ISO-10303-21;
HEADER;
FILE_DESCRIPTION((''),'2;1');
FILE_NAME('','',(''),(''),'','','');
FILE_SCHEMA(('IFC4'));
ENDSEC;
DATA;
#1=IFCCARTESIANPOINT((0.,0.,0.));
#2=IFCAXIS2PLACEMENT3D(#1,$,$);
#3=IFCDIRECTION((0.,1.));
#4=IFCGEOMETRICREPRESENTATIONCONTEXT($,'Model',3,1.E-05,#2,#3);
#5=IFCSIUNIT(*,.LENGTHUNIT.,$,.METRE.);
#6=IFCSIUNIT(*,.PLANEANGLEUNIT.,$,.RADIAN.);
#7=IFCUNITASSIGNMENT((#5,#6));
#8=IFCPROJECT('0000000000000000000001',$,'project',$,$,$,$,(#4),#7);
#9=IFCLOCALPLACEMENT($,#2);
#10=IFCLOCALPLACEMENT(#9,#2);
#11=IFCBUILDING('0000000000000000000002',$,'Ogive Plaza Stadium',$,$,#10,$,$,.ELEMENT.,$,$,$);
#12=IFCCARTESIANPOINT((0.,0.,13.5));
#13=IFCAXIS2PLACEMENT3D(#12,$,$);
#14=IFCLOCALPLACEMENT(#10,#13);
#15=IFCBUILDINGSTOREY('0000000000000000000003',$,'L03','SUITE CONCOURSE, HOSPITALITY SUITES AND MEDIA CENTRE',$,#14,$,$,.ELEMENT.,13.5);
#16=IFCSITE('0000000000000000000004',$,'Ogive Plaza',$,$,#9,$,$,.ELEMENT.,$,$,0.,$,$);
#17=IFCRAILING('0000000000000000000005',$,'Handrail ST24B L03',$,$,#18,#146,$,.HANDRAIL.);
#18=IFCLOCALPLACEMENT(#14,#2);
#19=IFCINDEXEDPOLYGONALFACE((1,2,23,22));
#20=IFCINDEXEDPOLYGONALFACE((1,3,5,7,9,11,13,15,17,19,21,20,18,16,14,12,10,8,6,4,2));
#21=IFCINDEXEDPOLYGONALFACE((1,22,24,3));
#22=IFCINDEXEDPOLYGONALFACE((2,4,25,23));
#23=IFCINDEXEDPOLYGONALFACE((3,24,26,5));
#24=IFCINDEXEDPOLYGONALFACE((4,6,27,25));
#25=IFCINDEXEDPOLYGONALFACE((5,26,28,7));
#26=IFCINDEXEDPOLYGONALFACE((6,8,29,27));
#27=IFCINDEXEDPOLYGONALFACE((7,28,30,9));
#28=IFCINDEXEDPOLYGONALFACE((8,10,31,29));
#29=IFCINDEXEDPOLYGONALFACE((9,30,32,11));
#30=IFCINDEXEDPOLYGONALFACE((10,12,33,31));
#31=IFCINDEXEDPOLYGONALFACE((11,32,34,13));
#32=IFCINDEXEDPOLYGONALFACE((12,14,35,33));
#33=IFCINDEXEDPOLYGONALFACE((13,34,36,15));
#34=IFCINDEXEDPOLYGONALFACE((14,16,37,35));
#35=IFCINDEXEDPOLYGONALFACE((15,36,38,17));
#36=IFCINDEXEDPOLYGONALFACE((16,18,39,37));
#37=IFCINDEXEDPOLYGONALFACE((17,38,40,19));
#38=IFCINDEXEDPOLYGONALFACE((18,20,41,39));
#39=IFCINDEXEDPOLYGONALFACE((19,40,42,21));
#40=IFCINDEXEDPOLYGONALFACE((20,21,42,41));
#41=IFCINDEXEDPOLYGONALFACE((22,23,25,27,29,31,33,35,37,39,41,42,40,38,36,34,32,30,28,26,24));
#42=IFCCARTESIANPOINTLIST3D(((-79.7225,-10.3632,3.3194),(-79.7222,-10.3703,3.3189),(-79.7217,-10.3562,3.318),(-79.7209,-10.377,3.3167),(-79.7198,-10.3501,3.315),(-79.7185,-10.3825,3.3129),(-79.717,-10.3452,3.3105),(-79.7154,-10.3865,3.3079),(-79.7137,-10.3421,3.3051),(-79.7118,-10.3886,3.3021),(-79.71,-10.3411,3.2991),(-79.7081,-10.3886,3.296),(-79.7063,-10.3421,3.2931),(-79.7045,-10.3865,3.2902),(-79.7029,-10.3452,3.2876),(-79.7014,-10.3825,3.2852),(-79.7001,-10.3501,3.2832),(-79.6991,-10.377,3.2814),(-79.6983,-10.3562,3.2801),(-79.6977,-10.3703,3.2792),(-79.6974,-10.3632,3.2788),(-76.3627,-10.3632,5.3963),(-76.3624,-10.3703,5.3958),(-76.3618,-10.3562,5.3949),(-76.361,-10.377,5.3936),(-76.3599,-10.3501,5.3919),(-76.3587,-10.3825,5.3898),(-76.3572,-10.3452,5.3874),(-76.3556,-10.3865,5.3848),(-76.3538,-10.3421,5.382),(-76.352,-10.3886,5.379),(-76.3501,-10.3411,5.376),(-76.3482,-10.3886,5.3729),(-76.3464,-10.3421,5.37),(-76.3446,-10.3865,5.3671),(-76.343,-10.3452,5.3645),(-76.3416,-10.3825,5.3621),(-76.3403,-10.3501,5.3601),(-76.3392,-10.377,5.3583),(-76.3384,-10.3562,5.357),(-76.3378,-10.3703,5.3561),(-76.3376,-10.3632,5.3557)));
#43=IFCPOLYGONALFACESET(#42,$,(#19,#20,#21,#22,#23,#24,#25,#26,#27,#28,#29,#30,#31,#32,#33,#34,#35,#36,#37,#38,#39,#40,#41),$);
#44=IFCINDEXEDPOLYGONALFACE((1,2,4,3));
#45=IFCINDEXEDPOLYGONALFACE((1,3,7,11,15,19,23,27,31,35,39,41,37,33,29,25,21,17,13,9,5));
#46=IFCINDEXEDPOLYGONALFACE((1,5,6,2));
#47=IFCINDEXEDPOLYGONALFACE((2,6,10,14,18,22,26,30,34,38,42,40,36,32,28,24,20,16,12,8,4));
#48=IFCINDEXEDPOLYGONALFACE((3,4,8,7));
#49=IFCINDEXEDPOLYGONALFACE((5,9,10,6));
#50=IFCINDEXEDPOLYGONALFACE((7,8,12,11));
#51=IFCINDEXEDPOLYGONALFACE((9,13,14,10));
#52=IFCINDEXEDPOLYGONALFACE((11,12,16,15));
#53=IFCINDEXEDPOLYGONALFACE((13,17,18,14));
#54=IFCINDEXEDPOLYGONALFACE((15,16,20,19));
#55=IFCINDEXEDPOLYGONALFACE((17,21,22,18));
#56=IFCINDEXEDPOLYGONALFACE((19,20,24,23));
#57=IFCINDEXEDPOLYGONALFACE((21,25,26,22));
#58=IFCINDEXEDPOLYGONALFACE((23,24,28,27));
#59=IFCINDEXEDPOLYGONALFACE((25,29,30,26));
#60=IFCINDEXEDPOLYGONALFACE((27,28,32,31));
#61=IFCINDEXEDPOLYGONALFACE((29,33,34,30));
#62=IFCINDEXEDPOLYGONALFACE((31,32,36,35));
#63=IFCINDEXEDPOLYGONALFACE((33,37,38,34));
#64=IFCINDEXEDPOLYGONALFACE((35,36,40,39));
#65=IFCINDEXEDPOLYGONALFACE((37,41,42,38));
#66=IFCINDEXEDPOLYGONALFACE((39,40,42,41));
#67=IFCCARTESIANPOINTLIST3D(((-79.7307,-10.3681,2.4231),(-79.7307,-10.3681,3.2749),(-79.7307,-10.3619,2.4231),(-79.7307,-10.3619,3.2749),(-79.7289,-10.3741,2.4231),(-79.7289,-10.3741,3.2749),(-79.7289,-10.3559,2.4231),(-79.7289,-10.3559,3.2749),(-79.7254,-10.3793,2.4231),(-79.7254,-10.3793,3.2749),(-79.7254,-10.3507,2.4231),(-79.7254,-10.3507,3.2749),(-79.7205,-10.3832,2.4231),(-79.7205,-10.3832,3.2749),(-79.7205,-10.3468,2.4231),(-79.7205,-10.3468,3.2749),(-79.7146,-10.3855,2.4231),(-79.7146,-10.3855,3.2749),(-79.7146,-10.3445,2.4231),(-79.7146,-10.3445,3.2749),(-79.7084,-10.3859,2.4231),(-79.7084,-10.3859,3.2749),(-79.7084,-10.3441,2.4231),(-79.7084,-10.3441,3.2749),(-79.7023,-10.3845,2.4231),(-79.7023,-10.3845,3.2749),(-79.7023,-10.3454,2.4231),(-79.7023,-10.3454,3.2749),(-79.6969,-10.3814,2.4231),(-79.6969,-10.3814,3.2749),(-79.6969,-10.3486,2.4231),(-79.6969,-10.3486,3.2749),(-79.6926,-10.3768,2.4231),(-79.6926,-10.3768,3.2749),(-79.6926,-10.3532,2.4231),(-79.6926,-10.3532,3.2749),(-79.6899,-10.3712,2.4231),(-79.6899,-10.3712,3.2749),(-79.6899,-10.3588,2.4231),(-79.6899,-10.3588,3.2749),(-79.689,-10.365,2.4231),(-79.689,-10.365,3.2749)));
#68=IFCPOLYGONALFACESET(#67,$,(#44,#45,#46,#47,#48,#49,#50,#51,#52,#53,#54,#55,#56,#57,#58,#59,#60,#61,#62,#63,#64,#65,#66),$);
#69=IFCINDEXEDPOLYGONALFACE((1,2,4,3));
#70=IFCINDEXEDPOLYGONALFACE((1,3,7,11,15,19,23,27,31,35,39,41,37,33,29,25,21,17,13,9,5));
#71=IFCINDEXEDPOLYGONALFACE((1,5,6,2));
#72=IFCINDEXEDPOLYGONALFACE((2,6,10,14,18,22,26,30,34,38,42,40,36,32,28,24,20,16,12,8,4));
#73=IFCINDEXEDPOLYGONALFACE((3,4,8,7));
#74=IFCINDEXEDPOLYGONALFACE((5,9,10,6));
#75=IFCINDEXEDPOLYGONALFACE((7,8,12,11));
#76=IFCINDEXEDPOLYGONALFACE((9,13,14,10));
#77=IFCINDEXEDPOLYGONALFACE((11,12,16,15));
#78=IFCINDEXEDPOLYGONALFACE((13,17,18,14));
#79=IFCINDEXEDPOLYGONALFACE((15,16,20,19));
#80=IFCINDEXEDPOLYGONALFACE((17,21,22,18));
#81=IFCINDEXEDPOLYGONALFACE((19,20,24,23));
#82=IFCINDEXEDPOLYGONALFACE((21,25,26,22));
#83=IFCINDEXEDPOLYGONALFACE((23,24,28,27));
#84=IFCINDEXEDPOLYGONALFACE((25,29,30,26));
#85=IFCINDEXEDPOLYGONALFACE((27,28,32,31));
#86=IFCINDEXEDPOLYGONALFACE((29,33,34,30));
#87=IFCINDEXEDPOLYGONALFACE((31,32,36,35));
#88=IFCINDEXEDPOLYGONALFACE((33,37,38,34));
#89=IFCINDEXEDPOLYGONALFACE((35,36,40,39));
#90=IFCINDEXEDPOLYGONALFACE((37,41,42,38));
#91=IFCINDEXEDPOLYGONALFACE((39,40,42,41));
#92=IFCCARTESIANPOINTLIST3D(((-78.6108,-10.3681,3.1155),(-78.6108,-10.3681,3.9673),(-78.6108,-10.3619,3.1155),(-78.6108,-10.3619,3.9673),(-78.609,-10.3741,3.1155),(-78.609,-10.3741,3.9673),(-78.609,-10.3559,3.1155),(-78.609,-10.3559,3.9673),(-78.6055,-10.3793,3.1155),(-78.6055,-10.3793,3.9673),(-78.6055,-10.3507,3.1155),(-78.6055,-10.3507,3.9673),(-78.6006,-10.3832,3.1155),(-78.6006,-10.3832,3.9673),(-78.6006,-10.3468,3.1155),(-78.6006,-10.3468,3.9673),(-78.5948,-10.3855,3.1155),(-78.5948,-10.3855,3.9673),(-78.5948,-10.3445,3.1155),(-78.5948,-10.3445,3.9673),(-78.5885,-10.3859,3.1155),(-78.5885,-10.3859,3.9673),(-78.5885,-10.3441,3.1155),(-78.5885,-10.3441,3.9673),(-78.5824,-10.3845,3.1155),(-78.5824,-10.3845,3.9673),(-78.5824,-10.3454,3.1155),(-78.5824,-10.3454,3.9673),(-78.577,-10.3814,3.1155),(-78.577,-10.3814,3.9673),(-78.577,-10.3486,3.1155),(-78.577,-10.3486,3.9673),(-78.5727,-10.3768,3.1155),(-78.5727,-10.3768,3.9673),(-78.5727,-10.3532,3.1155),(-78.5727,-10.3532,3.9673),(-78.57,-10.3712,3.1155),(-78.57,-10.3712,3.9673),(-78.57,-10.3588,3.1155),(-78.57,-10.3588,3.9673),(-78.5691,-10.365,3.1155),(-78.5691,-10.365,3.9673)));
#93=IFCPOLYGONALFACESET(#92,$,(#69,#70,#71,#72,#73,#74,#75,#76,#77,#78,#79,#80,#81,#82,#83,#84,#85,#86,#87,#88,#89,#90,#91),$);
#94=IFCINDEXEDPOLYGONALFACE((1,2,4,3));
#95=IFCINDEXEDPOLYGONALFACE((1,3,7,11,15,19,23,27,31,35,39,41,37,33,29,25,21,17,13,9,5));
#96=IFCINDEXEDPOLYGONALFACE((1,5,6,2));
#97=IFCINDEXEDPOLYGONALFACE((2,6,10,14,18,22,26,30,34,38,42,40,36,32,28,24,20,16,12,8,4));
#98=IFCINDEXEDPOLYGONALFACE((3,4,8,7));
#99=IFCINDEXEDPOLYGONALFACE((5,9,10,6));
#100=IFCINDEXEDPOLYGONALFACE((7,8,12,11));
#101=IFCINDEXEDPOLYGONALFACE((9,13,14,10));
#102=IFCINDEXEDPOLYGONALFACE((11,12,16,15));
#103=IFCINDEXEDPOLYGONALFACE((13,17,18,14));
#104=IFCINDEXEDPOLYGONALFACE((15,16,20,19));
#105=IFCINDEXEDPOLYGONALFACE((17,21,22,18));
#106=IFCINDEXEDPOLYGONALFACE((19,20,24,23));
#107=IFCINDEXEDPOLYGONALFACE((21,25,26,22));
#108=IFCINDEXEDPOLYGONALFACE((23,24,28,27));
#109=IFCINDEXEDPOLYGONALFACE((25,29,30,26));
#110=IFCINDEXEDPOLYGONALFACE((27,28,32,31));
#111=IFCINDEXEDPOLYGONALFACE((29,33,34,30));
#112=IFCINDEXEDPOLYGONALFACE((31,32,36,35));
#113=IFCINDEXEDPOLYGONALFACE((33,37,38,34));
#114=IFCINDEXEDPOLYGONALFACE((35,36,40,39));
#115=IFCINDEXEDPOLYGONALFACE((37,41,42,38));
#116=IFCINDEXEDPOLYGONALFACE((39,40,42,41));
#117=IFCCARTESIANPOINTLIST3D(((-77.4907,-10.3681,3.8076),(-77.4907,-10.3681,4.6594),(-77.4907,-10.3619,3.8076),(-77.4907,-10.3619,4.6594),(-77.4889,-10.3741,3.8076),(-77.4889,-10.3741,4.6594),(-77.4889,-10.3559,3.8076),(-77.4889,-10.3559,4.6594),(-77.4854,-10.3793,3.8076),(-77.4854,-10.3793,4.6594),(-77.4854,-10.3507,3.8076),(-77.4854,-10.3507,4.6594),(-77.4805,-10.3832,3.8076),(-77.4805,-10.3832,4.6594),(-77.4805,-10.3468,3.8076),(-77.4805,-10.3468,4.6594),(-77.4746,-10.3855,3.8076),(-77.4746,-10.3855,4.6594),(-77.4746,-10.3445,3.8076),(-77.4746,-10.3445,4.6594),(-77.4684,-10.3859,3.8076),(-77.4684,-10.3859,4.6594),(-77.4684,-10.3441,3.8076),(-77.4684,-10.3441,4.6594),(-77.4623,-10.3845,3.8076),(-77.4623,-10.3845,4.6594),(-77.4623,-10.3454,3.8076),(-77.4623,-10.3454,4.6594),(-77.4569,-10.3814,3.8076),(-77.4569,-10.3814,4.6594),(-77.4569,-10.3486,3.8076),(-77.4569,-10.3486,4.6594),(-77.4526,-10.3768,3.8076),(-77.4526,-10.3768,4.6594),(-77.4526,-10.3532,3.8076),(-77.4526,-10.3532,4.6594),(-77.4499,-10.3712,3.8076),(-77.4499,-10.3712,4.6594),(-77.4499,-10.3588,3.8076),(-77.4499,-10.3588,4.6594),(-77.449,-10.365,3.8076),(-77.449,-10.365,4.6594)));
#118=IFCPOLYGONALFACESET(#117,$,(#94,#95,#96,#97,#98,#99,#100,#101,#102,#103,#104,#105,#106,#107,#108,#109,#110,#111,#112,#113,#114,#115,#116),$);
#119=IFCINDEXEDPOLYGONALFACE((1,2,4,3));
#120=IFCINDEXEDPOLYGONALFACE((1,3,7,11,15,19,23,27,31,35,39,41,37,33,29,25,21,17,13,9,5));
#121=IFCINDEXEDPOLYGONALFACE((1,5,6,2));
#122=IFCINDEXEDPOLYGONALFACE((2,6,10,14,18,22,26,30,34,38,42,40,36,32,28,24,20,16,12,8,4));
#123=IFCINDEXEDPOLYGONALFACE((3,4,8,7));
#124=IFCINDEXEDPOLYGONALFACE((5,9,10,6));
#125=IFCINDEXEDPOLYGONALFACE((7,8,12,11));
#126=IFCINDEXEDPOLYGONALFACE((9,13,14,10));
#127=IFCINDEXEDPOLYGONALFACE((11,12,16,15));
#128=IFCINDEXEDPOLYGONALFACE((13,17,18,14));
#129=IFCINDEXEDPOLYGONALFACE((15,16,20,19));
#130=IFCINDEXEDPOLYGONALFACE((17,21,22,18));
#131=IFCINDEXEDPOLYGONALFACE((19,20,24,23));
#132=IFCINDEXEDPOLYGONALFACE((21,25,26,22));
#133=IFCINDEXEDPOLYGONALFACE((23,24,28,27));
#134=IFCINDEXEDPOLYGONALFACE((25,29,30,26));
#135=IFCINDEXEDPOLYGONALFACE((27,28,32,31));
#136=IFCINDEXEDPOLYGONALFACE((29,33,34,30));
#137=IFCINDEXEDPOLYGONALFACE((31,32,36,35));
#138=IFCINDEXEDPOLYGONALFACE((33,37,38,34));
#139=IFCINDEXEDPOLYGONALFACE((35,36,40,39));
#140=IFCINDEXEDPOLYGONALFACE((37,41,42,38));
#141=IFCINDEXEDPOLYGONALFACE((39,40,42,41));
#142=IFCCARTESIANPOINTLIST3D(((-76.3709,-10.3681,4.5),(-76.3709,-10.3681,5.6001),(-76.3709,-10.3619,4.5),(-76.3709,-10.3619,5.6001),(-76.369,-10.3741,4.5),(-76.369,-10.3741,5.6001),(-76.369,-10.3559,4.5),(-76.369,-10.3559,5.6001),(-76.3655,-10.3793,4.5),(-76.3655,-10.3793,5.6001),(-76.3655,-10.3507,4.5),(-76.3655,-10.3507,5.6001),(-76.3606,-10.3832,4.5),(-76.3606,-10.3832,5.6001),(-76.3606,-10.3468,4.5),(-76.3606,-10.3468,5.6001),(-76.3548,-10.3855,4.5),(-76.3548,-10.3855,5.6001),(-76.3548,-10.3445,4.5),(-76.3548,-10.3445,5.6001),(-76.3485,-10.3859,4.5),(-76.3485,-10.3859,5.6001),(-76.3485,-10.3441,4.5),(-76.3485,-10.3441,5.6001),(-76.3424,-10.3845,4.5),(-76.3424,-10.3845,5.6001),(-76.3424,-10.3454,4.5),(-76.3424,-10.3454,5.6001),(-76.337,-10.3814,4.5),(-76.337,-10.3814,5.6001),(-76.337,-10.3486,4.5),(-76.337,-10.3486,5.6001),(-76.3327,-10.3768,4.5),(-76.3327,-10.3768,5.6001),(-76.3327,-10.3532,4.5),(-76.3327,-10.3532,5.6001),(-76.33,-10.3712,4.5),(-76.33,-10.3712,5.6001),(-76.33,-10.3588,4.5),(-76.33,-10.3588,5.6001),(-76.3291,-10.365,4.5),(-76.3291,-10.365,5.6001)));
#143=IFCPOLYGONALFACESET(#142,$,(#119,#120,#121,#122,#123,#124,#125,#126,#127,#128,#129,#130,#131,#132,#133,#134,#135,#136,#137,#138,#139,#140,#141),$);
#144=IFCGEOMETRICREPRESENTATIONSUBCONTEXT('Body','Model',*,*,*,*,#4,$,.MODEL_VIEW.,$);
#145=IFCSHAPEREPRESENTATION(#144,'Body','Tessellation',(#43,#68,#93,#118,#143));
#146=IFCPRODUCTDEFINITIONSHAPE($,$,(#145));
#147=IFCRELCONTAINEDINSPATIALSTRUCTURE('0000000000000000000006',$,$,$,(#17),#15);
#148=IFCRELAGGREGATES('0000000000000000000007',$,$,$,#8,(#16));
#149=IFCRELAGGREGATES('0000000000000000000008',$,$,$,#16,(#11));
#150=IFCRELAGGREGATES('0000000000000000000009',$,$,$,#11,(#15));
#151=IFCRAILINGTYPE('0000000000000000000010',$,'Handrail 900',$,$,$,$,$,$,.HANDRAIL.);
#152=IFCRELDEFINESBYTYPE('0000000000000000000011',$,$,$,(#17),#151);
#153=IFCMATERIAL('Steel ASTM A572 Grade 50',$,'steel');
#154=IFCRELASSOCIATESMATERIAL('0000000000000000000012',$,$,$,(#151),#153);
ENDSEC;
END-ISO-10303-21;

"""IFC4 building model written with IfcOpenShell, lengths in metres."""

from ifc_helpers import new_model, si_unit, direction, frame, origin, origin_2d, place, context, subcontext, project, spatial, circle, extrude, material, type_object, element, save


model = new_model("IFC4")

# Units and contexts
model_context = context("Model", 3, precision=1e-05, world=origin(), true_north=direction((0.0, 1.0)))
body_context = subcontext(model_context, "Body", "Model", "MODEL_VIEW")
ifc_project = project(units=[si_unit("LENGTHUNIT", "METRE"), si_unit("PLANEANGLEUNIT", "RADIAN")], contexts=[model_context])

# Site, building, storey
site_placement = place(None, origin())
site = spatial("IfcSite", under=ifc_project, at=site_placement, Name="Ogive Plaza", CompositionType="ELEMENT", RefElevation=0.0)
building_placement = place(site_placement, origin())
building = spatial("IfcBuilding", under=site, at=building_placement, Name="Ogive Plaza Stadium", CompositionType="ELEMENT")
storey_placement = place(building_placement, frame((0.0, 0.0, 13.5)))
storey = spatial("IfcBuildingStorey", under=building, at=storey_placement, Name="L03", Description="SUITE CONCOURSE, HOSPITALITY SUITES AND MEDIA CENTRE", CompositionType="ELEMENT", Elevation=13.5)

# Railing
ifc_material_1 = material(Name="Steel ASTM A572 Grade 50", Category="steel")
railing_type_1 = type_object("IfcRailingType", Name="Handrail 900", PredefinedType="HANDRAIL", material=ifc_material_1)
for number, where, name in (
    (1, (-79.71, -10.365, 2.4231), "Handrail ST24B L03"),
):
    element("IfcRailing", number, at=place(storey_placement, frame(where)), inside=storey, type_object=railing_type_1, Name=name, PredefinedType="HANDRAIL", context=body_context, shape_type="SweptSolid", body=[
        extrude(circle(Radius=0.0239, at=origin_2d()), frame((0.0, 0.0, 0.876), z_axis=(0.850606, 0.0, 0.525803), x_axis=(0.0, 1.0, 0.0)), (0.0, 0.0, 1.0), 3.95),
        extrude(circle(Radius=0.021, at=origin_2d()), origin(), (0.0, 0.0, 1.0), 0.8518),
        extrude(circle(Radius=0.021, at=origin_2d()), frame((1.1199, 0.0, 0.6924)), (0.0, 0.0, 1.0), 0.8518),
        extrude(circle(Radius=0.021, at=origin_2d()), frame((2.24, 0.0, 1.3845)), (0.0, 0.0, 1.0), 0.8518),
        extrude(circle(Radius=0.021, at=origin_2d()), frame((3.3599, 0.0, 2.0769)), (0.0, 0.0, 1.0), 1.1001),
    ])

save(model, "model.ifc")
